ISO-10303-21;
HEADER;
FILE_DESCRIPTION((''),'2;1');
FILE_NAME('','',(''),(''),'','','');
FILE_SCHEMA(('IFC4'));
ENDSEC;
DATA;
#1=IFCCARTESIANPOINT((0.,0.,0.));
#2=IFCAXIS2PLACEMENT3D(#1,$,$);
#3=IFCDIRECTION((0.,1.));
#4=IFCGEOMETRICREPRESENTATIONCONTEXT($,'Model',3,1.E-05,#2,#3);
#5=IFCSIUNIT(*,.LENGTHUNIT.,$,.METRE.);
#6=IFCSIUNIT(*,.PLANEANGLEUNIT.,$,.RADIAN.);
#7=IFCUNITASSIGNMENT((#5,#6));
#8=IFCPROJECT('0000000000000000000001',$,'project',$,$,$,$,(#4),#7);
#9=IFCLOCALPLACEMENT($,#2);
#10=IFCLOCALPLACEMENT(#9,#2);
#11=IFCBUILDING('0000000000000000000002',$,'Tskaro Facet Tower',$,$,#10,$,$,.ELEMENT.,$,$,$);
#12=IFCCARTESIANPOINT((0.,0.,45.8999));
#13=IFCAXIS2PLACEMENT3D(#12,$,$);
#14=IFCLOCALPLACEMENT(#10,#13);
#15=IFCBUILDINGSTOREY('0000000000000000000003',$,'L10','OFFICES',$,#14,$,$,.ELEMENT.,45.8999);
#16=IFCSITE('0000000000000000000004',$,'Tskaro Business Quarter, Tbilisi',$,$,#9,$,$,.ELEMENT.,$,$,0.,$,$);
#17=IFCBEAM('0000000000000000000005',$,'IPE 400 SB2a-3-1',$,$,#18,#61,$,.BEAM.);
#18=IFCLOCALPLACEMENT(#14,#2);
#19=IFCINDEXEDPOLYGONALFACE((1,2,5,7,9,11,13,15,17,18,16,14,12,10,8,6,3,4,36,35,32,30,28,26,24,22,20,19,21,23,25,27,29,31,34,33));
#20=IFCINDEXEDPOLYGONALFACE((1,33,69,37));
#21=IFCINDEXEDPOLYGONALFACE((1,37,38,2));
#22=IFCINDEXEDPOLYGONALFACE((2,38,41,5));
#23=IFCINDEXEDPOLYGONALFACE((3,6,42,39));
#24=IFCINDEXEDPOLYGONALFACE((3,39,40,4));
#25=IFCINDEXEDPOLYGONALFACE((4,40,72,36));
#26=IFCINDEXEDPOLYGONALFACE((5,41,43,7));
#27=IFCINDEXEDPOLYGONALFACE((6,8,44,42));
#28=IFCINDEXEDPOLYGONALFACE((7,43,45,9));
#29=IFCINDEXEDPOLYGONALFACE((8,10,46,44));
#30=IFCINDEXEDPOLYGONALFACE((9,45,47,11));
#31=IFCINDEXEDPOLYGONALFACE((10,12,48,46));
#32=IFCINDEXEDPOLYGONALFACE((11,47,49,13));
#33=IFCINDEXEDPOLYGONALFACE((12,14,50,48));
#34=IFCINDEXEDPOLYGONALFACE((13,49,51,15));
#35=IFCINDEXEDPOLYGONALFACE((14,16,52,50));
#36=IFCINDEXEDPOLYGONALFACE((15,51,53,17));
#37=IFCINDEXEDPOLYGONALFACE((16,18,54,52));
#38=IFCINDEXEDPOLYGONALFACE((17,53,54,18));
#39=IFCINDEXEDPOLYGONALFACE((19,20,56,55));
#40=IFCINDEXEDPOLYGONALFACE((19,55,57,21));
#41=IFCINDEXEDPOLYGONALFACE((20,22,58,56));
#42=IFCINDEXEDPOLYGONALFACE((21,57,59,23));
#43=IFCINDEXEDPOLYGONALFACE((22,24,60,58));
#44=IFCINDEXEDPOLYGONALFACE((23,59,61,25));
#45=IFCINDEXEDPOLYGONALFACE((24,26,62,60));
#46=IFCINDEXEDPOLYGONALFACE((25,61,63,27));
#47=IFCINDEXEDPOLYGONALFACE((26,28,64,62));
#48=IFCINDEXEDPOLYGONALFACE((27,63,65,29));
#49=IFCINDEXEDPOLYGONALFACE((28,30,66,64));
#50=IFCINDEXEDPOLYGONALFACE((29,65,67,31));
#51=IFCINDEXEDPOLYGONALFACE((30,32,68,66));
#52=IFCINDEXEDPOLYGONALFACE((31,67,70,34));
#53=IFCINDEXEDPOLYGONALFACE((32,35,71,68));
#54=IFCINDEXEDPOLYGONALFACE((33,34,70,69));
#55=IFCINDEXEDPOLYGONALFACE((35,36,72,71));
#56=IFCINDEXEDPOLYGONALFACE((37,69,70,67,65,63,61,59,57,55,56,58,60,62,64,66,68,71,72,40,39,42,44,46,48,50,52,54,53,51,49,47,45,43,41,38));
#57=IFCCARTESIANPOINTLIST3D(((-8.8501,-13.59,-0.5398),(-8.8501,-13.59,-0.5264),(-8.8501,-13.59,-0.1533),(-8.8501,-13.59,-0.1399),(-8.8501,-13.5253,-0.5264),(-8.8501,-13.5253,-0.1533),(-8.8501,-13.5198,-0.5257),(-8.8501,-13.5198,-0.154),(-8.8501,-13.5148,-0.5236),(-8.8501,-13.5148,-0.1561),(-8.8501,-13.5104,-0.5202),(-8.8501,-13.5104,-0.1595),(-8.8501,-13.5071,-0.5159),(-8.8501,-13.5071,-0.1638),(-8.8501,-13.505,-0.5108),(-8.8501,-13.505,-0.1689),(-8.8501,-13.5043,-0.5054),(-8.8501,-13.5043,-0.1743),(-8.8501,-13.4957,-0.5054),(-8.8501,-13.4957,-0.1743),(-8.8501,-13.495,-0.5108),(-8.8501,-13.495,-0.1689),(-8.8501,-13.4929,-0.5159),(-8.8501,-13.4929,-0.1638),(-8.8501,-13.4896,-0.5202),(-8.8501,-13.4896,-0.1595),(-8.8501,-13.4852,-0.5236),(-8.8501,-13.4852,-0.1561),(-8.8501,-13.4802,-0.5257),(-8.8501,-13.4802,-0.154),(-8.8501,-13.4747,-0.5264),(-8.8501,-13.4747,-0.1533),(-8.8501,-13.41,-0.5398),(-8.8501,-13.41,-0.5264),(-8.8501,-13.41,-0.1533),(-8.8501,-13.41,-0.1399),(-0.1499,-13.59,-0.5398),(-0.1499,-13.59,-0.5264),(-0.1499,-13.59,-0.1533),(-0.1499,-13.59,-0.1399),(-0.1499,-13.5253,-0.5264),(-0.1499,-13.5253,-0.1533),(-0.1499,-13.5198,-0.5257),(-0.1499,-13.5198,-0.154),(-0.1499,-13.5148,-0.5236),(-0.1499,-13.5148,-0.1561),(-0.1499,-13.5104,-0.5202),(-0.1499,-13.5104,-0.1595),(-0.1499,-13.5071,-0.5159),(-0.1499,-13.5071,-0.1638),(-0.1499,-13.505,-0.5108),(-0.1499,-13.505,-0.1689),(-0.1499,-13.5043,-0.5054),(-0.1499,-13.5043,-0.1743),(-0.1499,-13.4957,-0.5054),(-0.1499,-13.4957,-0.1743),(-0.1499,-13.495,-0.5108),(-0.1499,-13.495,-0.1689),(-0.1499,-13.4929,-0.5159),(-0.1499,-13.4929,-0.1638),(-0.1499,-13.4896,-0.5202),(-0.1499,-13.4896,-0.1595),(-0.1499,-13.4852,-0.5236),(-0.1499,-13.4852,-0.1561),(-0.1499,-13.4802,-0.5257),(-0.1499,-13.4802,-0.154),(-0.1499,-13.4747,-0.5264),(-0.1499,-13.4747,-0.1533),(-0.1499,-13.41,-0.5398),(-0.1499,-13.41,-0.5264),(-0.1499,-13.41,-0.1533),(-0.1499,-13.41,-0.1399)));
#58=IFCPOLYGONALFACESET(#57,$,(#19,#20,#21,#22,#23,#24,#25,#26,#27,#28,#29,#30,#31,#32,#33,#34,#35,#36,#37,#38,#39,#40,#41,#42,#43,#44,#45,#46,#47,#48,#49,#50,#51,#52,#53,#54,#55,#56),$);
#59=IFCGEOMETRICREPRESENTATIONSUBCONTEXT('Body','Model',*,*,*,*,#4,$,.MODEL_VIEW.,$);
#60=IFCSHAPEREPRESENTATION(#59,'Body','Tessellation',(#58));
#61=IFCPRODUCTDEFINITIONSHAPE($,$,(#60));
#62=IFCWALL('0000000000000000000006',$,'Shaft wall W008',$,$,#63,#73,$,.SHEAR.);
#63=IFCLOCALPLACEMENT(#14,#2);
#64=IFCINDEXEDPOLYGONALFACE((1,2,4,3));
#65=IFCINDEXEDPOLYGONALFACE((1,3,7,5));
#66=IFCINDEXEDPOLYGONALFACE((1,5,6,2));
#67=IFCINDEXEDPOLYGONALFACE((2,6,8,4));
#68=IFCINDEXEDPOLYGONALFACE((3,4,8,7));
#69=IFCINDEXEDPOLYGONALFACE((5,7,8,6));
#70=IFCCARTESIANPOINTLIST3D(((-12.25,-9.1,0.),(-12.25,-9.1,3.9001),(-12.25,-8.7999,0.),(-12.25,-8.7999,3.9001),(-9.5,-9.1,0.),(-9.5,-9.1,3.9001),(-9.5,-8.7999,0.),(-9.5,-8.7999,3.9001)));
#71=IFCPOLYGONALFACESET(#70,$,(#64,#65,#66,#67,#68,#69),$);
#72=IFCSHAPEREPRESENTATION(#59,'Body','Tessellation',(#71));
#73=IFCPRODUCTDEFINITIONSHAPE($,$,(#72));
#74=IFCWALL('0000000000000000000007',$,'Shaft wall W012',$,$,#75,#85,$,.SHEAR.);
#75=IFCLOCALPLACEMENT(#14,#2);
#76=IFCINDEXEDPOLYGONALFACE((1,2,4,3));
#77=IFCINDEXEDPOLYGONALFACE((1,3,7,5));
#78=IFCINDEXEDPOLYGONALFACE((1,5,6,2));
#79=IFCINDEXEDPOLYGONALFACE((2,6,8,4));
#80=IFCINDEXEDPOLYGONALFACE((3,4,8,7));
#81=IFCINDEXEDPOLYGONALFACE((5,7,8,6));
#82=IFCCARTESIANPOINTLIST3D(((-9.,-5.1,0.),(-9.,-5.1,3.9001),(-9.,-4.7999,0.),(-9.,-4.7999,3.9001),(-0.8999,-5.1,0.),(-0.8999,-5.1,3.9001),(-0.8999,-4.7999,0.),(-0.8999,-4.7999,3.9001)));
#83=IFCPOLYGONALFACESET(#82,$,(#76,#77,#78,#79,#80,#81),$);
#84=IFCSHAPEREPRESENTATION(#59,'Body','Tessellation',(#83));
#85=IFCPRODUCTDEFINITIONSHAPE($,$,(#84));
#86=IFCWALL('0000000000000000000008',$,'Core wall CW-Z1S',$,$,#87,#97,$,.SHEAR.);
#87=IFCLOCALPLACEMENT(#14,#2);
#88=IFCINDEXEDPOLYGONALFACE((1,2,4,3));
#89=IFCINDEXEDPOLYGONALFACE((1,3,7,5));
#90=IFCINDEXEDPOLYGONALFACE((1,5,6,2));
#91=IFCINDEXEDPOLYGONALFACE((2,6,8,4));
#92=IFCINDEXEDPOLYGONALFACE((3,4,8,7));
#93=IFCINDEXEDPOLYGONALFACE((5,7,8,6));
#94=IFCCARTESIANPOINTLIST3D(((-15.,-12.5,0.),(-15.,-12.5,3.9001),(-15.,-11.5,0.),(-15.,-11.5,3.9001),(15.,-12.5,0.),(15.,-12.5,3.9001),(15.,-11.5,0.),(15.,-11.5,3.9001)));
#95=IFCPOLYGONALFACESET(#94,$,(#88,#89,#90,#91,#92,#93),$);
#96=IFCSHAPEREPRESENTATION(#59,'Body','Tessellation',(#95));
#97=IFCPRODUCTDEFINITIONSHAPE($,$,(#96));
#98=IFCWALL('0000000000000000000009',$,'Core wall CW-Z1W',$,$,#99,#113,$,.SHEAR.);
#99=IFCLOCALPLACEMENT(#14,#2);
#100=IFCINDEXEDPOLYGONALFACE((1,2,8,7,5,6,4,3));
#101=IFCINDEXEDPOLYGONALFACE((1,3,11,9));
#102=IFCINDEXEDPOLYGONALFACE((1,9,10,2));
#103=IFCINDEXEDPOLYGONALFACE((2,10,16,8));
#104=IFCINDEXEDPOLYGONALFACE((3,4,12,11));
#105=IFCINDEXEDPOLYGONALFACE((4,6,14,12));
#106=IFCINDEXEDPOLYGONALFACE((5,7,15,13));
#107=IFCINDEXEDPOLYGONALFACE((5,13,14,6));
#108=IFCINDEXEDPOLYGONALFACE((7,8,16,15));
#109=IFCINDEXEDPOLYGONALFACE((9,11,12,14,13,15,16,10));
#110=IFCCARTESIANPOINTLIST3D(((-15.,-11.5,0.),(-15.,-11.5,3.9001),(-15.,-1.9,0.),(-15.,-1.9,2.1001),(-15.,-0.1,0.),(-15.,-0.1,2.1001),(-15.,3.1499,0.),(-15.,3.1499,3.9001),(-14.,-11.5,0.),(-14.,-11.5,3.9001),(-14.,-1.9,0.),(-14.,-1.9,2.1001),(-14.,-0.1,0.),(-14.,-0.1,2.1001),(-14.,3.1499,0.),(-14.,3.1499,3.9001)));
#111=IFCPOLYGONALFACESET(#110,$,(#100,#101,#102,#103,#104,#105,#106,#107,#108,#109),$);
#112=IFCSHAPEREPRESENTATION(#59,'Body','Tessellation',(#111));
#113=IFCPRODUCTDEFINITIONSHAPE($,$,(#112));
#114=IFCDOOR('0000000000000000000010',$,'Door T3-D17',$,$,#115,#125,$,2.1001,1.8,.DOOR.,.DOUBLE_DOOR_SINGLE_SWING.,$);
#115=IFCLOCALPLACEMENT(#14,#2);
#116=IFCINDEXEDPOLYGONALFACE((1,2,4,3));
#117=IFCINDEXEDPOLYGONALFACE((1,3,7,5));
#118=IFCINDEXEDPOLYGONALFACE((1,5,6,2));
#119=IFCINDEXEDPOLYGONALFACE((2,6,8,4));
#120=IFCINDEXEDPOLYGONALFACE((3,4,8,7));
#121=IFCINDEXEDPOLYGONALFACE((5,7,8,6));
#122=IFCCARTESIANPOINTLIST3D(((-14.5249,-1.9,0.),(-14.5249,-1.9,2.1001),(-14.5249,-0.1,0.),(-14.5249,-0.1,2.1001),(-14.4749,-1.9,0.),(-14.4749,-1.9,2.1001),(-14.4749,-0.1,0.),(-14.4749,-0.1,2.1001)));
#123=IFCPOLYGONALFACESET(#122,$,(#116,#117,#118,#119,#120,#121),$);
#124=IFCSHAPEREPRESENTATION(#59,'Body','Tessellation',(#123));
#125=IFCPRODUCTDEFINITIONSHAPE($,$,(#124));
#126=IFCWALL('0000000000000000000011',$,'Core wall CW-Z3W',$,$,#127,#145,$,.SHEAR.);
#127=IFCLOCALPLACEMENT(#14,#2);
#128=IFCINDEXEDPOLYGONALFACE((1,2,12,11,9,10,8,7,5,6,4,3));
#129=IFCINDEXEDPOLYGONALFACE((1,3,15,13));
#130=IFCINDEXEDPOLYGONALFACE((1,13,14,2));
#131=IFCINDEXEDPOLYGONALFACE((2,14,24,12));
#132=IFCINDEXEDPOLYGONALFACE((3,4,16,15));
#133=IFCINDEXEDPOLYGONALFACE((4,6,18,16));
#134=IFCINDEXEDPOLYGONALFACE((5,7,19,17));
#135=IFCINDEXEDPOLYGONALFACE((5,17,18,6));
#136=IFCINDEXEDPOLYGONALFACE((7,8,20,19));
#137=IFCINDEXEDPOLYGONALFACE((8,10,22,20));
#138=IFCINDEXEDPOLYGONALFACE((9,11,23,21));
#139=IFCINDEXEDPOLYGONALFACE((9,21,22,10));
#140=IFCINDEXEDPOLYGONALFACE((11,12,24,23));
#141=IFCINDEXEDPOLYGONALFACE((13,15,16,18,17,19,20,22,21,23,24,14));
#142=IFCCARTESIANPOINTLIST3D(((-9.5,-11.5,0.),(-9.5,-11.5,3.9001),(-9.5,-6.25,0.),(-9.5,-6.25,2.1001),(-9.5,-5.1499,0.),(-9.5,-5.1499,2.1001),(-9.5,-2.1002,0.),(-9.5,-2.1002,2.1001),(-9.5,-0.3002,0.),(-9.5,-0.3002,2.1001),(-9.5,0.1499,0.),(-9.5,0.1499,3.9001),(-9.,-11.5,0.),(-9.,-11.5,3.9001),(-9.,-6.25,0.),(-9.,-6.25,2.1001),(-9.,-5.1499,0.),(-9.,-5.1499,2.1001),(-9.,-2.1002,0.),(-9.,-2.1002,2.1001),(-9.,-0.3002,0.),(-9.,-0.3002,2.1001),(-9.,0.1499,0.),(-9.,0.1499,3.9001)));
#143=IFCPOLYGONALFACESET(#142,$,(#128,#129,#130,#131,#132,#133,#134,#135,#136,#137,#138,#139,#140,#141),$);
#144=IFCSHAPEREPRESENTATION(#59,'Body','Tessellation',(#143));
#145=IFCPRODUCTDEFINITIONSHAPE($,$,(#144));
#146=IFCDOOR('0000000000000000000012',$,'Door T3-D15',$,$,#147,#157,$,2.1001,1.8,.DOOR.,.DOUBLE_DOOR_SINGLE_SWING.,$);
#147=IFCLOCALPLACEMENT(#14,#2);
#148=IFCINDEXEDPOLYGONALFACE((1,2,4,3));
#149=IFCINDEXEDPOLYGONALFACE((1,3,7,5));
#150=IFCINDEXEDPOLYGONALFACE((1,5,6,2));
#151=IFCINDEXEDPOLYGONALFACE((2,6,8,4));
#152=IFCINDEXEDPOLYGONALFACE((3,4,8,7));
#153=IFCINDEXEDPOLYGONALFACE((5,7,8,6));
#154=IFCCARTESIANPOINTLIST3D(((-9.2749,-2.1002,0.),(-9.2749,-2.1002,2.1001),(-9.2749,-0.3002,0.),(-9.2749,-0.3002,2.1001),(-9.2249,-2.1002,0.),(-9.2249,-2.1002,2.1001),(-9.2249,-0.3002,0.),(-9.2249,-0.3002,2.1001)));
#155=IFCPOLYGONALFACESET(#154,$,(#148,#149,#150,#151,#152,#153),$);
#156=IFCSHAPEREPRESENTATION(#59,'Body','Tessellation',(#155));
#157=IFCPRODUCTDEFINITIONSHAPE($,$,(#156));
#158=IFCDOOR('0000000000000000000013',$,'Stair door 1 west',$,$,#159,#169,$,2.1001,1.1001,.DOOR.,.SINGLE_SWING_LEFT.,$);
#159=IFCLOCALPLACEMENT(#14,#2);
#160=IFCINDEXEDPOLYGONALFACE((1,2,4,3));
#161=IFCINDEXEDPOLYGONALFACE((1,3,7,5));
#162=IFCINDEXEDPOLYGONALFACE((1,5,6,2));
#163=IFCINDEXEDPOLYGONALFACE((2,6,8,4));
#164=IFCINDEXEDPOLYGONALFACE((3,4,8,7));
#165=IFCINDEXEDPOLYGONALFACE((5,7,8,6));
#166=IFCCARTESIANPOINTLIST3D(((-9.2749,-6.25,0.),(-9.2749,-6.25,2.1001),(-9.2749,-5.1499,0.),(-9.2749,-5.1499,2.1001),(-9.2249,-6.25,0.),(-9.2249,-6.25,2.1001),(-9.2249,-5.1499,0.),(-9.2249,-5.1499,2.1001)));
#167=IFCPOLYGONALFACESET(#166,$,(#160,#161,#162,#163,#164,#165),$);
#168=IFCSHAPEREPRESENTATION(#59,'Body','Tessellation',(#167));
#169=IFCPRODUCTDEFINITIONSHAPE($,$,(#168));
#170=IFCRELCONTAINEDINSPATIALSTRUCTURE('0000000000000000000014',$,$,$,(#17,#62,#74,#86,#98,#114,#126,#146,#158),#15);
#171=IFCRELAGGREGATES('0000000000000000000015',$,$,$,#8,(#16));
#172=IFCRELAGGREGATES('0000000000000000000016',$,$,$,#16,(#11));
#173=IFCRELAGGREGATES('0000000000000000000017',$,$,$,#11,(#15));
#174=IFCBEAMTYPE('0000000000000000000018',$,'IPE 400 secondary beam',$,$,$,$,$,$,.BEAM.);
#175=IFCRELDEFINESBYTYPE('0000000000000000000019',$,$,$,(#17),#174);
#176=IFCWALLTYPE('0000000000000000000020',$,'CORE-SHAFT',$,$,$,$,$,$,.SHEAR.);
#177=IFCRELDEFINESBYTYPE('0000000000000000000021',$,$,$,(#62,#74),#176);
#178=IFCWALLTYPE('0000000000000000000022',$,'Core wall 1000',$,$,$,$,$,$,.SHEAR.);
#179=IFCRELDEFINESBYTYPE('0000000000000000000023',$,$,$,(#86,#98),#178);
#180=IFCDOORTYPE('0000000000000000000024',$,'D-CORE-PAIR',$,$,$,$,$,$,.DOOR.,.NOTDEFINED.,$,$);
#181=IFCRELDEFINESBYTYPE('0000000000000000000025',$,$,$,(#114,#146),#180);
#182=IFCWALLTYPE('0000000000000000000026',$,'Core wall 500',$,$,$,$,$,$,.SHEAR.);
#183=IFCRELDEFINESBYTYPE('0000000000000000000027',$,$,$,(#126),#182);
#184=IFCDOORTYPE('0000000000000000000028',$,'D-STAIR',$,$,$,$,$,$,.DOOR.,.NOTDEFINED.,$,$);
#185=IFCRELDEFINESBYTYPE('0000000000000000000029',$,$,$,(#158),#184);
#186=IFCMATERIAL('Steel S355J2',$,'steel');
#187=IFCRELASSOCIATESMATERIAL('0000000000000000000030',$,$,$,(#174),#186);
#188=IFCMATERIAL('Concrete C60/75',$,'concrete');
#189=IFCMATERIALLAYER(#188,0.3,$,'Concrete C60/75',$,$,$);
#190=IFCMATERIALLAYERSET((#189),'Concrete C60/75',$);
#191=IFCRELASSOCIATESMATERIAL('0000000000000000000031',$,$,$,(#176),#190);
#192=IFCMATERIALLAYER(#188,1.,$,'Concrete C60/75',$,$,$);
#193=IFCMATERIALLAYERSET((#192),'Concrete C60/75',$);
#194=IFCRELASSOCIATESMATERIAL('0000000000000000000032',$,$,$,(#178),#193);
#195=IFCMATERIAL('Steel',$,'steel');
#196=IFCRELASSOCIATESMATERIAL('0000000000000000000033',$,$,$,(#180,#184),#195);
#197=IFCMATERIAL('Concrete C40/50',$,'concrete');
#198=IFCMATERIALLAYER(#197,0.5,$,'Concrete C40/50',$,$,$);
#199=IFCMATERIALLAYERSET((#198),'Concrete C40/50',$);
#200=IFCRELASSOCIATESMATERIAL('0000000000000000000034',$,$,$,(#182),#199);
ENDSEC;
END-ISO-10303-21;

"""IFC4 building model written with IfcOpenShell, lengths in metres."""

from ifc_helpers import new_model, si_unit, direction, frame, frame_2d, origin, origin_2d, place, context, subcontext, project, spatial, rectangle, i_section, extrude, material, layer, layer_set, material_profile, profile_set, type_object, element, fill, save


model = new_model("IFC4")

# Units and contexts
model_context = context("Model", 3, precision=1e-05, world=origin(), true_north=direction((0.0, 1.0)))
body_context = subcontext(model_context, "Body", "Model", "MODEL_VIEW")
ifc_project = project(units=[si_unit("LENGTHUNIT", "METRE"), si_unit("PLANEANGLEUNIT", "RADIAN")], contexts=[model_context])

# Site, building, storey
site_placement = place(None, origin())
site = spatial("IfcSite", under=ifc_project, at=site_placement, Name="Tskaro Business Quarter, Tbilisi", CompositionType="ELEMENT", RefElevation=0.0)
building_placement = place(site_placement, origin())
building = spatial("IfcBuilding", under=site, at=building_placement, Name="Tskaro Facet Tower", CompositionType="ELEMENT")
storey_placement = place(building_placement, frame((0.0, 0.0, 45.8999)))
storey = spatial("IfcBuildingStorey", under=building, at=storey_placement, Name="L10", Description="OFFICES", CompositionType="ELEMENT", Elevation=45.8999)

# Beam
ifc_material_1 = material(Name="Steel S355J2", Category="steel")
ifc_material_profile_1 = material_profile(ifc_material_1, i_section(OverallWidth=0.1799, OverallDepth=0.3999, WebThickness=0.0085, FlangeThickness=0.0134, FilletRadius=0.021, at=origin_2d()), Name="IPE 400")
ifc_profile_set_1 = profile_set([ifc_material_profile_1], Name="Steel S355J2")
beam_type_1 = type_object("IfcBeamType", Name="IPE 400 secondary beam", PredefinedType="BEAM", material=ifc_profile_set_1)
for number, where, z_axis, x_axis, name in (
    (1, (-8.8501, -13.5, -0.3398), (1.0, 0.0, 0.0), (0.0, 1.0, 0.0), "IPE 400 SB2a-3-1"),
):
    element("IfcBeam", number, at=place(storey_placement, frame(where, z_axis=z_axis, x_axis=x_axis)), inside=storey, type_object=beam_type_1, Name=name, PredefinedType="BEAM", context=body_context, shape_type="SweptSolid", body=[
        extrude(i_section(OverallWidth=0.1799, OverallDepth=0.3999, WebThickness=0.0085, FlangeThickness=0.0134, FilletRadius=0.021, at=origin_2d()), origin(), (0.0, 0.0, 1.0), 8.7002),
    ])

# Walls
ifc_material_2 = material(Name="Concrete C60/75", Category="concrete")
ifc_layer_1 = layer(ifc_material_2, 0.3, Name="Concrete C60/75")
ifc_layer_set_1 = layer_set([ifc_layer_1], Name="Concrete C60/75")
wall_type_1 = type_object("IfcWallType", Name="CORE-SHAFT", PredefinedType="SHEAR", material=ifc_layer_set_1)
wall_1_placement = place(storey_placement, frame((-12.25, -8.95, 0.0), z_axis=(0.0, 0.0, 1.0), x_axis=(1.0, 0.0, 0.0)))
element("IfcWall", 2, at=wall_1_placement, inside=storey, type_object=wall_type_1, Name="Shaft wall W008", PredefinedType="SHEAR", context=body_context, shape_type="SweptSolid", body=[
    extrude(rectangle(XDim=2.75, YDim=0.3, at=frame_2d((1.375, 0.0))), origin(), (0.0, 0.0, 1.0), 3.9001),
])
wall_2_placement = place(storey_placement, frame((-9.0, -4.95, 0.0), z_axis=(0.0, 0.0, 1.0), x_axis=(1.0, 0.0, 0.0)))
element("IfcWall", 3, at=wall_2_placement, inside=storey, type_object=wall_type_1, Name="Shaft wall W012", PredefinedType="SHEAR", context=body_context, shape_type="SweptSolid", body=[
    extrude(rectangle(XDim=8.1001, YDim=0.3, at=frame_2d((4.05, 0.0))), origin(), (0.0, 0.0, 1.0), 3.9001),
])
ifc_layer_2 = layer(ifc_material_2, 1.0, Name="Concrete C60/75")
ifc_layer_set_2 = layer_set([ifc_layer_2], Name="Concrete C60/75")
wall_type_2 = type_object("IfcWallType", Name="Core wall 1000", PredefinedType="SHEAR", material=ifc_layer_set_2)
wall_3_placement = place(storey_placement, frame((-15.0, -12.0, 0.0), z_axis=(0.0, 0.0, 1.0), x_axis=(1.0, 0.0, 0.0)))
element("IfcWall", 4, at=wall_3_placement, inside=storey, type_object=wall_type_2, Name="Core wall CW-Z1S", PredefinedType="SHEAR", context=body_context, shape_type="SweptSolid", body=[
    extrude(rectangle(XDim=30.0, YDim=1.0, at=frame_2d((15.0, 0.0))), origin(), (0.0, 0.0, 1.0), 3.9001),
])

# Wall, opening, door
wall_4_placement = place(storey_placement, frame((-14.5, -11.5, 0.0), z_axis=(0.0, 0.0, 1.0), x_axis=(0.0, 1.0, 0.0)))
wall_4 = element("IfcWall", 5, at=wall_4_placement, inside=storey, type_object=wall_type_2, Name="Core wall CW-Z1W", PredefinedType="SHEAR", context=body_context, shape_type="SweptSolid", body=[
    extrude(rectangle(XDim=14.6499, YDim=1.0, at=frame_2d((7.325, 0.0))), origin(), (0.0, 0.0, 1.0), 3.9001),
])
opening_1_placement = place(wall_4_placement, frame((9.6001, 0.0, 0.0)))
opening_1 = element("IfcOpeningElement", 6, at=opening_1_placement, cuts=wall_4, PredefinedType="OPENING", context=body_context, shape_type="SweptSolid", body=[
    extrude(rectangle(XDim=1.8, YDim=2.1001, at=frame_2d((0.8999, 1.05))), frame((0.0, 0.51, 0.0), z_axis=(0.0, -1.0, 0.0), x_axis=(1.0, 0.0, 0.0)), (0.0, 0.0, 1.0), 1.02),
])
ifc_material_3 = material(Name="Steel", Category="steel")
door_type_1 = type_object("IfcDoorType", Name="D-CORE-PAIR", OperationType="NOTDEFINED", PredefinedType="DOOR", material=ifc_material_3)
door_1_placement = place(opening_1_placement, origin())
door_1 = element("IfcDoor", 7, at=door_1_placement, inside=storey, type_object=door_type_1, Name="Door T3-D17", OperationType="DOUBLE_DOOR_SINGLE_SWING", OverallHeight=2.1001, OverallWidth=1.8, PredefinedType="DOOR", context=body_context, shape_type="SweptSolid", body=[
    extrude(rectangle(XDim=1.8, YDim=2.1001, at=frame_2d((0.8999, 1.05))), frame((0.0, 0.0249, 0.0), z_axis=(0.0, -1.0, 0.0), x_axis=(1.0, 0.0, 0.0)), (0.0, 0.0, 1.0), 0.05),
])
fill(opening_1, door_1)

# Wall, openings, doors
ifc_material_4 = material(Name="Concrete C40/50", Category="concrete")
ifc_layer_3 = layer(ifc_material_4, 0.5, Name="Concrete C40/50")
ifc_layer_set_3 = layer_set([ifc_layer_3], Name="Concrete C40/50")
wall_type_3 = type_object("IfcWallType", Name="Core wall 500", PredefinedType="SHEAR", material=ifc_layer_set_3)
wall_5_placement = place(storey_placement, frame((-9.25, -11.5, 0.0), z_axis=(0.0, 0.0, 1.0), x_axis=(0.0, 1.0, 0.0)))
wall_5 = element("IfcWall", 8, at=wall_5_placement, inside=storey, type_object=wall_type_3, Name="Core wall CW-Z3W", PredefinedType="SHEAR", context=body_context, shape_type="SweptSolid", body=[
    extrude(rectangle(XDim=11.6499, YDim=0.5, at=frame_2d((5.825, 0.0))), origin(), (0.0, 0.0, 1.0), 3.9001),
])
opening_2_placement = place(wall_5_placement, frame((9.3999, 0.0, 0.0)))
opening_2 = element("IfcOpeningElement", 9, at=opening_2_placement, cuts=wall_5, PredefinedType="OPENING", context=body_context, shape_type="SweptSolid", body=[
    extrude(rectangle(XDim=1.8, YDim=2.1001, at=frame_2d((0.8999, 1.05))), frame((0.0, 0.26, 0.0), z_axis=(0.0, -1.0, 0.0), x_axis=(1.0, 0.0, 0.0)), (0.0, 0.0, 1.0), 0.52),
])
opening_3_placement = place(wall_5_placement, frame((5.25, 0.0, 0.0)))
opening_3 = element("IfcOpeningElement", 10, at=opening_3_placement, cuts=wall_5, PredefinedType="OPENING", context=body_context, shape_type="SweptSolid", body=[
    extrude(rectangle(XDim=1.1001, YDim=2.1001, at=frame_2d((0.55, 1.05))), frame((0.0, 0.26, 0.0), z_axis=(0.0, -1.0, 0.0), x_axis=(1.0, 0.0, 0.0)), (0.0, 0.0, 1.0), 0.52),
])
door_2_placement = place(opening_2_placement, origin())
door_2 = element("IfcDoor", 11, at=door_2_placement, inside=storey, type_object=door_type_1, Name="Door T3-D15", OperationType="DOUBLE_DOOR_SINGLE_SWING", OverallHeight=2.1001, OverallWidth=1.8, PredefinedType="DOOR", context=body_context, shape_type="SweptSolid", body=[
    extrude(rectangle(XDim=1.8, YDim=2.1001, at=frame_2d((0.8999, 1.05))), frame((0.0, 0.0249, 0.0), z_axis=(0.0, -1.0, 0.0), x_axis=(1.0, 0.0, 0.0)), (0.0, 0.0, 1.0), 0.05),
])
fill(opening_2, door_2)
door_type_2 = type_object("IfcDoorType", Name="D-STAIR", OperationType="NOTDEFINED", PredefinedType="DOOR", material=ifc_material_3)
door_3_placement = place(opening_3_placement, origin())
door_3 = element("IfcDoor", 12, at=door_3_placement, inside=storey, type_object=door_type_2, Name="Stair door 1 west", OperationType="SINGLE_SWING_LEFT", OverallHeight=2.1001, OverallWidth=1.1001, PredefinedType="DOOR", context=body_context, shape_type="SweptSolid", body=[
    extrude(rectangle(XDim=1.1001, YDim=2.1001, at=frame_2d((0.55, 1.05))), frame((0.0, 0.0249, 0.0), z_axis=(0.0, -1.0, 0.0), x_axis=(1.0, 0.0, 0.0)), (0.0, 0.0, 1.0), 0.05),
])
fill(opening_3, door_3)

save(model, "model.ifc")
